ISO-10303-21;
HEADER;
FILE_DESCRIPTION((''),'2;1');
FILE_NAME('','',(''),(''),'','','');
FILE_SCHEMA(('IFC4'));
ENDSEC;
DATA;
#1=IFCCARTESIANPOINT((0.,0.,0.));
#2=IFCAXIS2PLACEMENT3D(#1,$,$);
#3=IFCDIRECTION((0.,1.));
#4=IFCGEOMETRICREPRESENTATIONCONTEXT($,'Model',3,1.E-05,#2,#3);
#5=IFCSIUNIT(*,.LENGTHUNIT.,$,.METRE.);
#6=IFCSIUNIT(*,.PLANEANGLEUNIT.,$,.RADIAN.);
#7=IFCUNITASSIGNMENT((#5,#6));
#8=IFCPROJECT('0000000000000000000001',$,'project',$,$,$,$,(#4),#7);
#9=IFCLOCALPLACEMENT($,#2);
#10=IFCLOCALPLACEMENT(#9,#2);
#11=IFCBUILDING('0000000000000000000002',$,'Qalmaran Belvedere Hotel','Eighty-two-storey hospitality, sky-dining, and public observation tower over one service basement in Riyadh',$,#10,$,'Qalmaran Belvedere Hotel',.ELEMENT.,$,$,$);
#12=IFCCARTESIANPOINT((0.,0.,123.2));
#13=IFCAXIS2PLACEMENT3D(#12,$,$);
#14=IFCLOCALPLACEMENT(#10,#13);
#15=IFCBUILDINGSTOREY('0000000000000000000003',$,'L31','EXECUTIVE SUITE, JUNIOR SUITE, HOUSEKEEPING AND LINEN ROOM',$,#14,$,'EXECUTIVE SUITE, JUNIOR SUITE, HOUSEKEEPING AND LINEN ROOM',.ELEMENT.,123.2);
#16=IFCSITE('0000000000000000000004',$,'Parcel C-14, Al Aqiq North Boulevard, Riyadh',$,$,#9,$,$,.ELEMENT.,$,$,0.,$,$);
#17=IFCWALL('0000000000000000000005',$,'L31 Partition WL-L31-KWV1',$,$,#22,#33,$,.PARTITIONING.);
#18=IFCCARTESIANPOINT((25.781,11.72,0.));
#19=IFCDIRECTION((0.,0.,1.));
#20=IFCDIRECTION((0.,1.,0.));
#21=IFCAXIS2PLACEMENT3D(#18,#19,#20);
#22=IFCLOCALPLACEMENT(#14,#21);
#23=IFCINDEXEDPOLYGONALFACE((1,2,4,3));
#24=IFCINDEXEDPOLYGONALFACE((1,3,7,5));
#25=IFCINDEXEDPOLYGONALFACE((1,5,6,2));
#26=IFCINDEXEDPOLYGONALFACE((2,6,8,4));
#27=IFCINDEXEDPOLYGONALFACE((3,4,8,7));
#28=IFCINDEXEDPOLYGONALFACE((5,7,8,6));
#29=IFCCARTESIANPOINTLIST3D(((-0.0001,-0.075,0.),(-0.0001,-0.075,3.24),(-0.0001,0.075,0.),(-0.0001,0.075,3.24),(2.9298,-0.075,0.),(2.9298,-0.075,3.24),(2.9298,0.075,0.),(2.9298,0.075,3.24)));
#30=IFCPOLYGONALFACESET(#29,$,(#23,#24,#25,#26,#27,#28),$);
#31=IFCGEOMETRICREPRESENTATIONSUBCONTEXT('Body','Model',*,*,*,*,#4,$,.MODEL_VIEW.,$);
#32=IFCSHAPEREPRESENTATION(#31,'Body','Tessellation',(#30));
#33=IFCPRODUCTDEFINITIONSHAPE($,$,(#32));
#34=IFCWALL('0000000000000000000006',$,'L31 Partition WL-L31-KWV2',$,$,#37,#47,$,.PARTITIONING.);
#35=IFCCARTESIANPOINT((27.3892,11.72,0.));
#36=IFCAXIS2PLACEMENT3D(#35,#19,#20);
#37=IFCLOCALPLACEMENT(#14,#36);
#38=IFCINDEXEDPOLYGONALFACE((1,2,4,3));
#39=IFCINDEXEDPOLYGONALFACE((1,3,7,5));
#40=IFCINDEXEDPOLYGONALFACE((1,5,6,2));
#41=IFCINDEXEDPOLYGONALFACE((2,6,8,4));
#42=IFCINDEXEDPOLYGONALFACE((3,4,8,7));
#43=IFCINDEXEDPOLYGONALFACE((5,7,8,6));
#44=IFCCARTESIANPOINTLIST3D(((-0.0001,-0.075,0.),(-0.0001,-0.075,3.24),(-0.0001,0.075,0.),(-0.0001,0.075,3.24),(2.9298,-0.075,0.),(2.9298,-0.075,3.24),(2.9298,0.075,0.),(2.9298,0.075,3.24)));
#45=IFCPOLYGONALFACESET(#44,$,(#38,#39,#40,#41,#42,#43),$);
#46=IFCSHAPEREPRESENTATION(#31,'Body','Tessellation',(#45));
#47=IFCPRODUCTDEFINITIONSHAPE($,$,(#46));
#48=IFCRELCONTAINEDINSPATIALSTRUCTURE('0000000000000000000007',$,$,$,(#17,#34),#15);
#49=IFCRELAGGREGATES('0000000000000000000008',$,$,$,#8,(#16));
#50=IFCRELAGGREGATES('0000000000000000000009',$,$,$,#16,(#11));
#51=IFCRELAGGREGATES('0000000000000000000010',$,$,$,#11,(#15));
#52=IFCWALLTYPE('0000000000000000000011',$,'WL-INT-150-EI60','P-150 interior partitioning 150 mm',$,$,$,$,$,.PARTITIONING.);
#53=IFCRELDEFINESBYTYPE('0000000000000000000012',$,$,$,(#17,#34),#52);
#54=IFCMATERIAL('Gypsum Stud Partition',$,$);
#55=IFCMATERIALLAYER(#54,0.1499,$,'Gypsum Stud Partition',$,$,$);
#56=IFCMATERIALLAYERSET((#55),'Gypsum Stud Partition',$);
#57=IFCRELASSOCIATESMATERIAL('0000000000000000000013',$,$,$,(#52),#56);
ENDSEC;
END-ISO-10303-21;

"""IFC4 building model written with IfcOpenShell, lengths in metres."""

from ifc_helpers import new_model, si_unit, direction, frame, frame_2d, origin, place, context, subcontext, project, spatial, rectangle, extrude, material, layer, layer_set, type_object, element, save


model = new_model("IFC4")

# Units and contexts
model_context = context("Model", 3, precision=1e-05, world=origin(), true_north=direction((0.0, 1.0)))
body_context = subcontext(model_context, "Body", "Model", "MODEL_VIEW")
ifc_project = project(units=[si_unit("LENGTHUNIT", "METRE"), si_unit("PLANEANGLEUNIT", "RADIAN")], contexts=[model_context])

# Site, building, storey
site_placement = place(None, origin())
site = spatial("IfcSite", under=ifc_project, at=site_placement, Name="Parcel C-14, Al Aqiq North Boulevard, Riyadh", CompositionType="ELEMENT", RefElevation=0.0)
building_placement = place(site_placement, origin())
building = spatial("IfcBuilding", under=site, at=building_placement, Name="Qalmaran Belvedere Hotel", Description="Eighty-two-storey hospitality, sky-dining, and public observation tower over one service basement in Riyadh", LongName="Qalmaran Belvedere Hotel", CompositionType="ELEMENT")
storey_placement = place(building_placement, frame((0.0, 0.0, 123.2)))
storey = spatial("IfcBuildingStorey", under=building, at=storey_placement, Name="L31", Description="EXECUTIVE SUITE, JUNIOR SUITE, HOUSEKEEPING AND LINEN ROOM", LongName="EXECUTIVE SUITE, JUNIOR SUITE, HOUSEKEEPING AND LINEN ROOM", CompositionType="ELEMENT", Elevation=123.2)

# Walls
ifc_material_1 = material(Name="Gypsum Stud Partition")
ifc_layer_1 = layer(ifc_material_1, 0.1499, Name="Gypsum Stud Partition")
ifc_layer_set_1 = layer_set([ifc_layer_1], Name="Gypsum Stud Partition")
wall_type_1 = type_object("IfcWallType", Name="WL-INT-150-EI60", Description="P-150 interior partitioning 150 mm", PredefinedType="PARTITIONING", material=ifc_layer_set_1)
for number, where, z_axis, x_axis, name in (
    (1, (25.781, 11.72, 0.0), (0.0, 0.0, 1.0), (0.0, 1.0, 0.0), "L31 Partition WL-L31-KWV1"),
    (2, (27.3892, 11.72, 0.0), (0.0, 0.0, 1.0), (0.0, 1.0, 0.0), "L31 Partition WL-L31-KWV2"),
):
    element("IfcWall", number, at=place(storey_placement, frame(where, z_axis=z_axis, x_axis=x_axis)), inside=storey, type_object=wall_type_1, Name=name, PredefinedType="PARTITIONING", context=body_context, shape_type="SweptSolid", body=[
        extrude(rectangle(XDim=2.9299, YDim=0.1499, at=frame_2d((1.4648, 0.0))), origin(), (0.0, 0.0, 1.0), 3.24),
    ])

save(model, "model.ifc")
